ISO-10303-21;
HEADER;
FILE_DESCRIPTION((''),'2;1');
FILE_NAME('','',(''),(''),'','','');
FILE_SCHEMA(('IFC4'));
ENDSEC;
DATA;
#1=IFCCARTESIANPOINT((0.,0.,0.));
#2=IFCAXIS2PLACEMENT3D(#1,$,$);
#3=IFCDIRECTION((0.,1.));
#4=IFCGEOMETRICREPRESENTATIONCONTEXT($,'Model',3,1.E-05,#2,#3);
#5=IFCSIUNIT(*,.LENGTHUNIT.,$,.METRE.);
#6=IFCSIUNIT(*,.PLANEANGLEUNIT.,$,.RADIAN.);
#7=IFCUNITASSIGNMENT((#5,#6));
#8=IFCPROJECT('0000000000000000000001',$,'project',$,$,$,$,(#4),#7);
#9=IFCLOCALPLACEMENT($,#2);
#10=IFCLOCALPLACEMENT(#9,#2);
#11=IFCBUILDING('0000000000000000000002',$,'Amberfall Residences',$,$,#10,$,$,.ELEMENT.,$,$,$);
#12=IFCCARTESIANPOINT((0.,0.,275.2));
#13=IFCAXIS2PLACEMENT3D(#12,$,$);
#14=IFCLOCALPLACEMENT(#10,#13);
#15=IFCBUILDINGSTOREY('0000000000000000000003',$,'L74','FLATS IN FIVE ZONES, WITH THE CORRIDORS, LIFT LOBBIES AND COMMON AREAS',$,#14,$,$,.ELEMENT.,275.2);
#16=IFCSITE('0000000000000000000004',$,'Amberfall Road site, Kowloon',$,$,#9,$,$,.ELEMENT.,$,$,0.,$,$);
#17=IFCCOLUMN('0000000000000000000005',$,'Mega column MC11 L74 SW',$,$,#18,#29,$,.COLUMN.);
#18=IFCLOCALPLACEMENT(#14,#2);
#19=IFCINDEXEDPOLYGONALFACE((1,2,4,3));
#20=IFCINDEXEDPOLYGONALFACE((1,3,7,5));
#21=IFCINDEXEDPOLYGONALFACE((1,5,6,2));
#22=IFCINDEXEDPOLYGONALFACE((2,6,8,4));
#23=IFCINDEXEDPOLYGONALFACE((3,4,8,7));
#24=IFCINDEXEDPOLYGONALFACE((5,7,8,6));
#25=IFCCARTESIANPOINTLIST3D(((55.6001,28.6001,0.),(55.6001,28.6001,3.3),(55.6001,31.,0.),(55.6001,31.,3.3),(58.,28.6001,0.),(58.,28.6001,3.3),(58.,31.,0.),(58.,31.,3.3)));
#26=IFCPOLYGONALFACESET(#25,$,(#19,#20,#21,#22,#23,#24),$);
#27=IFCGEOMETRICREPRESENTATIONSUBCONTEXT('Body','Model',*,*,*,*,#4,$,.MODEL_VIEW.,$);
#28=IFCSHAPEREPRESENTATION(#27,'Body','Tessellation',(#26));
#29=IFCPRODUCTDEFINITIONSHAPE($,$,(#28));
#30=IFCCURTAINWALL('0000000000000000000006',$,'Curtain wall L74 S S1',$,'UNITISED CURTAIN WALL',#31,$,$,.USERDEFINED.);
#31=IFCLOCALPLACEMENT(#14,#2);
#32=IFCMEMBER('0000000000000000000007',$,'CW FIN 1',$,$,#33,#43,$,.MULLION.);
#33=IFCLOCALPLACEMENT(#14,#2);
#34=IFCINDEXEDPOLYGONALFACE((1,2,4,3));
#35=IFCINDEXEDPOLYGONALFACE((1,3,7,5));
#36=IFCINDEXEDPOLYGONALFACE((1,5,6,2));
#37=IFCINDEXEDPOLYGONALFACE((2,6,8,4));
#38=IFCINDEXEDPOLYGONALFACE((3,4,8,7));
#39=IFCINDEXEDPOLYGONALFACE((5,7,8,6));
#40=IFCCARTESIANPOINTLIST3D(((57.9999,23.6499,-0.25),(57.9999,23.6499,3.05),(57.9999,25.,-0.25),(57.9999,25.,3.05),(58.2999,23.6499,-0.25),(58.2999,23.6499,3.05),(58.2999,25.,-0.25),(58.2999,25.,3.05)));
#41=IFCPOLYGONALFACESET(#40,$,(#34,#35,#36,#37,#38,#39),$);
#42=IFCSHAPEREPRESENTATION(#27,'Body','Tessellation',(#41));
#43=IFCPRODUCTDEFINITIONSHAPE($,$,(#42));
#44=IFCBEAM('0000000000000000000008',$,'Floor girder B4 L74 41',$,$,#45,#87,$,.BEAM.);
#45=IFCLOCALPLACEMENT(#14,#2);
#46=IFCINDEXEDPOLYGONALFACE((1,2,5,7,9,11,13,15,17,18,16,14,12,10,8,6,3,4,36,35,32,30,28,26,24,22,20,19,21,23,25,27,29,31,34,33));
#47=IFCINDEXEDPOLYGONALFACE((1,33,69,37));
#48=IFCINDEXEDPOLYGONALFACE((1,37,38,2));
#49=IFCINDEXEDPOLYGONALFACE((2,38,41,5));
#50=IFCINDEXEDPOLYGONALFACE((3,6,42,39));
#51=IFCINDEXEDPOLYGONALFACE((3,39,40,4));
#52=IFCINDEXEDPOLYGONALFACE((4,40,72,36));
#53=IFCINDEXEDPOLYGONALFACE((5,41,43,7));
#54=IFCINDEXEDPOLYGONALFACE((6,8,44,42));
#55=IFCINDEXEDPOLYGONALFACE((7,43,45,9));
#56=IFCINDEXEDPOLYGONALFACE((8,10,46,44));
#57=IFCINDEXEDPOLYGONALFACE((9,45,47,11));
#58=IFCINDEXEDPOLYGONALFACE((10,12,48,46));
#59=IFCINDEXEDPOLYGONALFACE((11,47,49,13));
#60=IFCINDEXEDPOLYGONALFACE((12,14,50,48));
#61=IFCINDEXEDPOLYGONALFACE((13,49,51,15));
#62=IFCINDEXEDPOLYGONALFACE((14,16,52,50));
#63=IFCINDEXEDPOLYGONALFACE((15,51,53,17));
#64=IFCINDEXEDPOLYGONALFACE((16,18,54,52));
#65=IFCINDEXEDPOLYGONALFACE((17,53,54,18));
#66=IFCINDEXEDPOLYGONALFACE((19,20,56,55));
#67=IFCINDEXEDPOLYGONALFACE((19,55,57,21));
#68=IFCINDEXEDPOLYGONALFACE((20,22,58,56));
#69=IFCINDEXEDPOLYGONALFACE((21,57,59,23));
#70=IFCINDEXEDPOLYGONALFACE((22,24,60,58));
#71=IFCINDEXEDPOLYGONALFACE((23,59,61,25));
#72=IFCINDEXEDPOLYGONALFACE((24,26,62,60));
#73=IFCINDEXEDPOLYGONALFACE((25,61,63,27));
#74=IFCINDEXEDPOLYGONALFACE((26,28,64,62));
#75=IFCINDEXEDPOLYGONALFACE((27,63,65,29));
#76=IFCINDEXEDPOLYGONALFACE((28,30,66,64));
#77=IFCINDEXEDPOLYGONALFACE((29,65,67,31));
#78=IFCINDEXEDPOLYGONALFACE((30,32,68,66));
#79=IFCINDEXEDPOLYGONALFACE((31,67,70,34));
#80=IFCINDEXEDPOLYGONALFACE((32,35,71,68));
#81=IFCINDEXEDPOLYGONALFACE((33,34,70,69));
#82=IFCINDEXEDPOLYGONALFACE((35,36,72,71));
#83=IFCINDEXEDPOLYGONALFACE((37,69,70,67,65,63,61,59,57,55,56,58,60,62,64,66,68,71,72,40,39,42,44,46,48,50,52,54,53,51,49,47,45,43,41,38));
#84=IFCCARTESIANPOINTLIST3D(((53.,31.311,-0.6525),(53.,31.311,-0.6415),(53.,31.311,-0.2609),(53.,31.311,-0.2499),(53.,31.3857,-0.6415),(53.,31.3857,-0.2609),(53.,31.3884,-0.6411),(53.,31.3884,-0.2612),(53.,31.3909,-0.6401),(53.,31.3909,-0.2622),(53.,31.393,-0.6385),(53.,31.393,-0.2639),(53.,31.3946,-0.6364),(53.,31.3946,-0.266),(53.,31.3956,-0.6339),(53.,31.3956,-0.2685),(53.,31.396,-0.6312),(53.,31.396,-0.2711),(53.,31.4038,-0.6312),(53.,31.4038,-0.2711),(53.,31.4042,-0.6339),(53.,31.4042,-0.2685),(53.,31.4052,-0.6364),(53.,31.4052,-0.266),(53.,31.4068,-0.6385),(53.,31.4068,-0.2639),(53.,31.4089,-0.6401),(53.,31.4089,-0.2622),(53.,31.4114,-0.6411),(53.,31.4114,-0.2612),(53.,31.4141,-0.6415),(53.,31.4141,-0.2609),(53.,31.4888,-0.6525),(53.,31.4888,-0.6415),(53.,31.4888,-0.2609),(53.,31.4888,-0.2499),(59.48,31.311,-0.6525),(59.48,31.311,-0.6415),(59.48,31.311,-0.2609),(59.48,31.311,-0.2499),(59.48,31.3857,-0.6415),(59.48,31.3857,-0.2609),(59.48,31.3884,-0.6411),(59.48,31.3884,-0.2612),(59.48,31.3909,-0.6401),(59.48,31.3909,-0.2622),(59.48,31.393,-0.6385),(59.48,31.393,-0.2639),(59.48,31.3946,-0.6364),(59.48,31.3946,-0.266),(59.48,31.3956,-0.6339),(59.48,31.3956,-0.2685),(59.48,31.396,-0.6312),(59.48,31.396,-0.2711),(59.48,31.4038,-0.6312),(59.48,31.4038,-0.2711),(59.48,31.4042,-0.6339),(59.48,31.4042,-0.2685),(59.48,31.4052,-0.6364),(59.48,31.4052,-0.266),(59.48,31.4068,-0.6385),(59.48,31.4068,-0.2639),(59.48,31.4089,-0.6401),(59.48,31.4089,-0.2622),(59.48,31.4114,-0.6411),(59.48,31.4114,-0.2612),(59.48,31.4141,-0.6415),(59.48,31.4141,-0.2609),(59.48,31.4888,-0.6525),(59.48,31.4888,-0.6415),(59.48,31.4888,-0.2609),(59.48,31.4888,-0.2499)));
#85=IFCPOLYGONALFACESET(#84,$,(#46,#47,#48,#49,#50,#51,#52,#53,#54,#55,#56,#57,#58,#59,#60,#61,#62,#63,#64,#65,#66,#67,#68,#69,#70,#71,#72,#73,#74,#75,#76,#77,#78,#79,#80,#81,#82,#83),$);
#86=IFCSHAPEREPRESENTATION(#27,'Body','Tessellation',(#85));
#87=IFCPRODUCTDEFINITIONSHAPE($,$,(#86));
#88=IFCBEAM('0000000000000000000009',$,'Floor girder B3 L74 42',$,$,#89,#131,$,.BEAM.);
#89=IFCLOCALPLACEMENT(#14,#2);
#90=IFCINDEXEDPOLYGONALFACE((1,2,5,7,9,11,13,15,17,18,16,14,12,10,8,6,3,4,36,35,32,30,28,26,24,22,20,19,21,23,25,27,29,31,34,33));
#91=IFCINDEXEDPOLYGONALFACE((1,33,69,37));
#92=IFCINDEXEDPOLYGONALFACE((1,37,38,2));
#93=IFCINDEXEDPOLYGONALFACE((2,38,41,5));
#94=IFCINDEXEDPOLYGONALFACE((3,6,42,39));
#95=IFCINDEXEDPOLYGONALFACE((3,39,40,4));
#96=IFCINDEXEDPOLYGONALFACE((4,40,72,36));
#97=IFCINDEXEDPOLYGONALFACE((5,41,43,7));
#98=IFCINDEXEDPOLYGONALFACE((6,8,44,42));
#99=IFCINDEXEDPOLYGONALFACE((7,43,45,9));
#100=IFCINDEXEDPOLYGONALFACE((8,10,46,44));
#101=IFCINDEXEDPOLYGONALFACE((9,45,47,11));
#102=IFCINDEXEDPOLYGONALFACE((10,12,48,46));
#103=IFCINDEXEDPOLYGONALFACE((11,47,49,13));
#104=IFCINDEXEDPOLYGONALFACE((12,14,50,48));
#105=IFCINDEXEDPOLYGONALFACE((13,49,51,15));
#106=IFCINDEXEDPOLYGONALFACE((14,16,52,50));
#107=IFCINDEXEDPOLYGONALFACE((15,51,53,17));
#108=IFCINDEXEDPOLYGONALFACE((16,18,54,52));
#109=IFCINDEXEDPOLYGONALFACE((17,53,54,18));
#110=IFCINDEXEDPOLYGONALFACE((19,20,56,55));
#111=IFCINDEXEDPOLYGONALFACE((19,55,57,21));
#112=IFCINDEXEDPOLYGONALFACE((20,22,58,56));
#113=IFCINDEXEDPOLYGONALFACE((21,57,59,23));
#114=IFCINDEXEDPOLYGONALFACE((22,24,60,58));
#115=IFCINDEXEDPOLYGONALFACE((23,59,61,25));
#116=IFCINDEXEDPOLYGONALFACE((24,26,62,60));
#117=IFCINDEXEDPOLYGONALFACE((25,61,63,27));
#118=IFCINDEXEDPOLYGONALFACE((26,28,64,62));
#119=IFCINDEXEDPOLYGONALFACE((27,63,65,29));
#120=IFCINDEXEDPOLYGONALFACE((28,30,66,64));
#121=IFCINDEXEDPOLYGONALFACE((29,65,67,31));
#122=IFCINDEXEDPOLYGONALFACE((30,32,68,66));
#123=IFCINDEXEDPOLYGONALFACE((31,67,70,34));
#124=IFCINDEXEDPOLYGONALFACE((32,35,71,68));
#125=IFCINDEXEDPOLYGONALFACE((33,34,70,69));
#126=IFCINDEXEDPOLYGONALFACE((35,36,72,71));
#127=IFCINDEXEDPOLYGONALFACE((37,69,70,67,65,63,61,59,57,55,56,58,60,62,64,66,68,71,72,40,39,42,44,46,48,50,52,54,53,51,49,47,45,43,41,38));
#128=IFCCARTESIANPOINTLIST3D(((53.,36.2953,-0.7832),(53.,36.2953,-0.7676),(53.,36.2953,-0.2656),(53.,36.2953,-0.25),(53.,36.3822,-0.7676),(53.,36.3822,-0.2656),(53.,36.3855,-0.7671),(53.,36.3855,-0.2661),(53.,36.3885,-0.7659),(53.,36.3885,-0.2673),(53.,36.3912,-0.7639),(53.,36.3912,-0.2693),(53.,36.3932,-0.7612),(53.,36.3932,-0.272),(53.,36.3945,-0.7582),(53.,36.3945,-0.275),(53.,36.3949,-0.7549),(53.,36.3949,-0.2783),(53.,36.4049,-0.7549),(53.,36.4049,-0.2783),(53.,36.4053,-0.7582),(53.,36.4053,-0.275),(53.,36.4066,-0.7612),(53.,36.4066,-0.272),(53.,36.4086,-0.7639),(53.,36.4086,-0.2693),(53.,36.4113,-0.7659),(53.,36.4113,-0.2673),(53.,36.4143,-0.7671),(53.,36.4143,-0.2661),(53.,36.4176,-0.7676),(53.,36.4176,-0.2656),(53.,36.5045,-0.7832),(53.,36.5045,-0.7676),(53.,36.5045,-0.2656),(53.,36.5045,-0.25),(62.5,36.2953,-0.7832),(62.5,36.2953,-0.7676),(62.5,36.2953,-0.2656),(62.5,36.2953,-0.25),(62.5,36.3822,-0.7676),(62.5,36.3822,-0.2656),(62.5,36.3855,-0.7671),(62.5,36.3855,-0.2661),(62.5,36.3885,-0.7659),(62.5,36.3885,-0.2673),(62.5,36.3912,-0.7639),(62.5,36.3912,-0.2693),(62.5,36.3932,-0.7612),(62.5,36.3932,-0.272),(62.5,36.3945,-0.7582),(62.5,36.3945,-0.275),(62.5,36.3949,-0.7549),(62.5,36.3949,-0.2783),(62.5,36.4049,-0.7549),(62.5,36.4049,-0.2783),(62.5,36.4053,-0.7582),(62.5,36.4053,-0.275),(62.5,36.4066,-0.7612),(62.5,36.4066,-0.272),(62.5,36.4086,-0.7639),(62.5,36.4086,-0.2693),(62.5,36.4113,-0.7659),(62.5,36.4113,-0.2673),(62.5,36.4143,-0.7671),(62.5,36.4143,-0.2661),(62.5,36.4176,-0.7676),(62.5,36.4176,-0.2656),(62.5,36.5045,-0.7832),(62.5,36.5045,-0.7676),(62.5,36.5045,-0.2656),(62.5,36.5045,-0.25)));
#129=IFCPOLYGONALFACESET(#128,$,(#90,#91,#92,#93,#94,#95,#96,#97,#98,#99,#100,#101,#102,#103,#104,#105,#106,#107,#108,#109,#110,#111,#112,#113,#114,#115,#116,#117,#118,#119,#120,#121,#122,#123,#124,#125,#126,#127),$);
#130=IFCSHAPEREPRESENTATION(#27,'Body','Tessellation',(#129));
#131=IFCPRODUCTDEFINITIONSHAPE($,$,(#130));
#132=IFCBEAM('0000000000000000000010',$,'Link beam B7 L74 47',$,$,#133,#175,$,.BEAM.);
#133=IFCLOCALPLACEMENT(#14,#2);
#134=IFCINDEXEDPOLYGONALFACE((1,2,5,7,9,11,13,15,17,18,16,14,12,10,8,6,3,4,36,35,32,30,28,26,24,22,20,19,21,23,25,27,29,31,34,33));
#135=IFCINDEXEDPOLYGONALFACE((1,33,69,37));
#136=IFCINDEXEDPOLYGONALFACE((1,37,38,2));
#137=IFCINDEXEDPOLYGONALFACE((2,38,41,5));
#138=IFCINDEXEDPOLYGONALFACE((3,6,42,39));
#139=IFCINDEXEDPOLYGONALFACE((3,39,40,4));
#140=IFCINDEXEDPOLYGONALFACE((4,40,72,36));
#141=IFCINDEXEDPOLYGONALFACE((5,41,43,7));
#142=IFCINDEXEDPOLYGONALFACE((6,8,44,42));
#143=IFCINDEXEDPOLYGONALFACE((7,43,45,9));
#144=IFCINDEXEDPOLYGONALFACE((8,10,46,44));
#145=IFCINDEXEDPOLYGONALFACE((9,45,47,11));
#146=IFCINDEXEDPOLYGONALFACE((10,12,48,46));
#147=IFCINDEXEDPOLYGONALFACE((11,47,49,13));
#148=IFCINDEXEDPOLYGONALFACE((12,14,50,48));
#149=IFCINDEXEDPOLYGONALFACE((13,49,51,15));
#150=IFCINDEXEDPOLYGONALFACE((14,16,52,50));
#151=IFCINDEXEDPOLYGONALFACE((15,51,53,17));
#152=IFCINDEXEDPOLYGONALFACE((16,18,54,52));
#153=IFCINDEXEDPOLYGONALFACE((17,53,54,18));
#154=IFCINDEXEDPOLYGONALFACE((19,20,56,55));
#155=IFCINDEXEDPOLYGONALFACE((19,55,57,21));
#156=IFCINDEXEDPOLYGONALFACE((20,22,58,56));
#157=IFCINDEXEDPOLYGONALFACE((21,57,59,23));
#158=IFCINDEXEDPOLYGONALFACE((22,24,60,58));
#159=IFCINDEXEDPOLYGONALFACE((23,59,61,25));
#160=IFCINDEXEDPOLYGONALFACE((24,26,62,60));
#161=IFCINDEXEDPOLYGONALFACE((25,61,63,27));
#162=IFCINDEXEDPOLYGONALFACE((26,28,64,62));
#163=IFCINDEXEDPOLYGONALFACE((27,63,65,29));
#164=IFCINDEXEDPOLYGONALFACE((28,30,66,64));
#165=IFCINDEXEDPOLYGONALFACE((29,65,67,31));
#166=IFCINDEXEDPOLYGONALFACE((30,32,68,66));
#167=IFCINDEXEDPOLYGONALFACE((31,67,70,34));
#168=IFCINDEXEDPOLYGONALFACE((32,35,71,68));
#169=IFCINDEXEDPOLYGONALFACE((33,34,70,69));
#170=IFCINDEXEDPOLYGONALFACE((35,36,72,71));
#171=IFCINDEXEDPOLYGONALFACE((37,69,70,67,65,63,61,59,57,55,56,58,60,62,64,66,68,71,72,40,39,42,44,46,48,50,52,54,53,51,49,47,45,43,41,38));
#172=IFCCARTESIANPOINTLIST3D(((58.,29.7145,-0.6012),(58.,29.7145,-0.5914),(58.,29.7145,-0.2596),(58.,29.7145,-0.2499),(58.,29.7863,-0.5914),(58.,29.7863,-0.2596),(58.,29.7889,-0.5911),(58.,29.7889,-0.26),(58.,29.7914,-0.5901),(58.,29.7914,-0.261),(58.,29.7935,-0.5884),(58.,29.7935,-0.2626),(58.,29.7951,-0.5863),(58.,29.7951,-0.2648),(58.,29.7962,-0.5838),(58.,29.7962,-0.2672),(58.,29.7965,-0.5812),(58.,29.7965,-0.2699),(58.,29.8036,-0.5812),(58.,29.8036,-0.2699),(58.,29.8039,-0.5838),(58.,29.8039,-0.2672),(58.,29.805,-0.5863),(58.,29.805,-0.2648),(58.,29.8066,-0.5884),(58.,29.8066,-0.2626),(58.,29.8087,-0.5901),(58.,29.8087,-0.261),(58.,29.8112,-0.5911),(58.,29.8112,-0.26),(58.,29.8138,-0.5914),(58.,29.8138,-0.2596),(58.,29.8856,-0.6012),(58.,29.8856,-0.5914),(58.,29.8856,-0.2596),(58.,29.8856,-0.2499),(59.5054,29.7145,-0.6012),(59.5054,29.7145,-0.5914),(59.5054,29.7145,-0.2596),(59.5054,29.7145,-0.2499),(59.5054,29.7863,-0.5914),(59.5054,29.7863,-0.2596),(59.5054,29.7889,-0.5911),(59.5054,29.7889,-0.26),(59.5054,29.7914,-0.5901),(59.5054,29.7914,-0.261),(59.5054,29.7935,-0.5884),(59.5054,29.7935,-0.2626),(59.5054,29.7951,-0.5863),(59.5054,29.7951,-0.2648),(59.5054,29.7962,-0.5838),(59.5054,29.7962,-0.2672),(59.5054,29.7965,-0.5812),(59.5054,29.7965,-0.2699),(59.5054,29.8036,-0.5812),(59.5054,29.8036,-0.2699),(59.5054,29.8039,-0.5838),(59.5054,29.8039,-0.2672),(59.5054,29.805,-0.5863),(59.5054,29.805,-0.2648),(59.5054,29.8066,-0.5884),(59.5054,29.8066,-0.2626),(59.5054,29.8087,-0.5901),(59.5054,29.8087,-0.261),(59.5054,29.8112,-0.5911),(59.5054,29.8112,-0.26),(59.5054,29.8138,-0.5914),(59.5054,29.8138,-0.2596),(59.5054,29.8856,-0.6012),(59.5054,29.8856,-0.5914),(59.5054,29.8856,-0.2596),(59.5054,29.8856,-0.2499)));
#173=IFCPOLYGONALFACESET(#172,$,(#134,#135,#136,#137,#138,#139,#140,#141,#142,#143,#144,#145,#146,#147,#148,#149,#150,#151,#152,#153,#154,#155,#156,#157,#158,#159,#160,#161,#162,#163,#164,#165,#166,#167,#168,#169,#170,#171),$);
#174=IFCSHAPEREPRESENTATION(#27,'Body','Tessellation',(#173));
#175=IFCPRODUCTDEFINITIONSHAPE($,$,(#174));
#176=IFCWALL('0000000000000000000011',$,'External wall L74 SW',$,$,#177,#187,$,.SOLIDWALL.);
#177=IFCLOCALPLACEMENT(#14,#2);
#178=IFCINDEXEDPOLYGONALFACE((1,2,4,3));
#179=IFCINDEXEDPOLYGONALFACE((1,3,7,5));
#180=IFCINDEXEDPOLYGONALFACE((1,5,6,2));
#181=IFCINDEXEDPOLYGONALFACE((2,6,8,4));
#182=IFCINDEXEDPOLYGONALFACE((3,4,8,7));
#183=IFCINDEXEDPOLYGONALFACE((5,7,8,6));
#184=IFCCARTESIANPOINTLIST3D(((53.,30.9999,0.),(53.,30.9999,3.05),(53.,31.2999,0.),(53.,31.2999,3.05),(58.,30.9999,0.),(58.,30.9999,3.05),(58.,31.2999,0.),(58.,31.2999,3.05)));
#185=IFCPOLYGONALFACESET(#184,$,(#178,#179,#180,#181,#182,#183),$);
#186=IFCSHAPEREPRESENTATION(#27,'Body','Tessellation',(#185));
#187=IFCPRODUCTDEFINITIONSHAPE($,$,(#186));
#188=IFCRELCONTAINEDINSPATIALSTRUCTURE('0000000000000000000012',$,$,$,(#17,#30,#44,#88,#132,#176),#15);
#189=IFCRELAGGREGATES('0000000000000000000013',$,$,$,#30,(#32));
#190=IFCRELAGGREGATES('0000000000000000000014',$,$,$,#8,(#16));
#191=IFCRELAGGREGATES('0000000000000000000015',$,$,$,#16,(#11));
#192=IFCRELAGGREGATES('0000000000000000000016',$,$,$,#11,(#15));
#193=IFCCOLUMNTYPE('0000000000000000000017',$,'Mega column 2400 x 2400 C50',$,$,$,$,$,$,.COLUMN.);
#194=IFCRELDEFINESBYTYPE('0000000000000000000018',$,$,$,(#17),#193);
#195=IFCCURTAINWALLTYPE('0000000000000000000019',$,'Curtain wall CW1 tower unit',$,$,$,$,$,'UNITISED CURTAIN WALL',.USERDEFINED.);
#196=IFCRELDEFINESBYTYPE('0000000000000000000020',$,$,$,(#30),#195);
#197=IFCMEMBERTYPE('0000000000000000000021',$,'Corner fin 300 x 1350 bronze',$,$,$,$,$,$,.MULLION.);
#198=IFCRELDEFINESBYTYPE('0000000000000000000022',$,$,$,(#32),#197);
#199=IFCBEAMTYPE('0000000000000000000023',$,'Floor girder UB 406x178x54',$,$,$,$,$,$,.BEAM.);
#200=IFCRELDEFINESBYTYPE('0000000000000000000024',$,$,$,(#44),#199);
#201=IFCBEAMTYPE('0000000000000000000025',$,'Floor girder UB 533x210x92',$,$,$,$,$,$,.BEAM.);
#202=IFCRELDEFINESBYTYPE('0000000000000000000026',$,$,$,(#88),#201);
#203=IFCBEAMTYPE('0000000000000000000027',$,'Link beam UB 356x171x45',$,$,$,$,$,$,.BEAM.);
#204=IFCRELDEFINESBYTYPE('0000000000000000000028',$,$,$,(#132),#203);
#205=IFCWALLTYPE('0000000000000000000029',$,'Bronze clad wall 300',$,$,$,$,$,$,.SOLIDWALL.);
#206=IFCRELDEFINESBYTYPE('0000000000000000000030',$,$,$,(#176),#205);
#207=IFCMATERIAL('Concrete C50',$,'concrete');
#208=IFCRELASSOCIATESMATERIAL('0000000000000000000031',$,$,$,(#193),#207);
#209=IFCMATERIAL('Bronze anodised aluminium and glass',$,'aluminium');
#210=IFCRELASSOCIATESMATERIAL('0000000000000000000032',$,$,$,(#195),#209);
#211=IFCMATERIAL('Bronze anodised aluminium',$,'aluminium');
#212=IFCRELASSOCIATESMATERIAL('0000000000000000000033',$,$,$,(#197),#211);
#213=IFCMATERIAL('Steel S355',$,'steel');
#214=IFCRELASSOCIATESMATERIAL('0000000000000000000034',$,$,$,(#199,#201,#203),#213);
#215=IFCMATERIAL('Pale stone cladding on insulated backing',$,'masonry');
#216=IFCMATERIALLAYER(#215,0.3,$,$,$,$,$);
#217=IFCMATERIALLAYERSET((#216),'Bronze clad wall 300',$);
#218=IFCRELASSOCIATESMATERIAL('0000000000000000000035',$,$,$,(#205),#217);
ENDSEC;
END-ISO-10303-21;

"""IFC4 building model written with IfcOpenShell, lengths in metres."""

from ifc_helpers import new_model, si_unit, direction, frame, frame_2d, origin, origin_2d, place, context, subcontext, project, spatial, rectangle, i_section, extrude, material, layer, layer_set, material_profile, profile_set, type_object, element, aggregate, save


model = new_model("IFC4")

# Units and contexts
model_context = context("Model", 3, precision=1e-05, world=origin(), true_north=direction((0.0, 1.0)))
body_context = subcontext(model_context, "Body", "Model", "MODEL_VIEW")
ifc_project = project(units=[si_unit("LENGTHUNIT", "METRE"), si_unit("PLANEANGLEUNIT", "RADIAN")], contexts=[model_context])

# Site, building, storey
site_placement = place(None, origin())
site = spatial("IfcSite", under=ifc_project, at=site_placement, Name="Amberfall Road site, Kowloon", CompositionType="ELEMENT", RefElevation=0.0)
building_placement = place(site_placement, origin())
building = spatial("IfcBuilding", under=site, at=building_placement, Name="Amberfall Residences", CompositionType="ELEMENT")
storey_placement = place(building_placement, frame((0.0, 0.0, 275.2)))
storey = spatial("IfcBuildingStorey", under=building, at=storey_placement, Name="L74", Description="FLATS IN FIVE ZONES, WITH THE CORRIDORS, LIFT LOBBIES AND COMMON AREAS", CompositionType="ELEMENT", Elevation=275.2)

# Column
ifc_material_1 = material(Name="Concrete C50", Category="concrete")
ifc_material_profile_1 = material_profile(ifc_material_1, rectangle(XDim=2.3999, YDim=2.3999, at=origin_2d()), Name="Mega column 2400 x 2400 C50")
ifc_profile_set_1 = profile_set([ifc_material_profile_1], Name="Concrete C50")
column_type = type_object("IfcColumnType", Name="Mega column 2400 x 2400 C50", PredefinedType="COLUMN", material=ifc_profile_set_1)
column_placement = place(storey_placement, frame((56.8, 29.8, 0.0), z_axis=(0.0, 0.0, 1.0), x_axis=(1.0, 0.0, 0.0)))
element("IfcColumn", 1, at=column_placement, inside=storey, type_object=column_type, Name="Mega column MC11 L74 SW", PredefinedType="COLUMN", context=body_context, shape_type="SweptSolid", body=[
    extrude(rectangle(XDim=2.3999, YDim=2.3999, at=origin_2d()), origin(), (0.0, 0.0, 1.0), 3.3),
])

# Curtain wall, member
ifc_material_2 = material(Name="Bronze anodised aluminium and glass", Category="aluminium")
curtain_wall_type = type_object("IfcCurtainWallType", Name="Curtain wall CW1 tower unit", ElementType="UNITISED CURTAIN WALL", PredefinedType="USERDEFINED", material=ifc_material_2)
curtain_wall_placement = place(storey_placement, origin())
curtain_wall = element("IfcCurtainWall", 2, at=curtain_wall_placement, inside=storey, type_object=curtain_wall_type, Name="Curtain wall L74 S S1", ObjectType="UNITISED CURTAIN WALL", PredefinedType="USERDEFINED")
ifc_material_3 = material(Name="Bronze anodised aluminium", Category="aluminium")
ifc_material_profile_2 = material_profile(ifc_material_3, rectangle(XDim=1.3501, YDim=0.3, at=origin_2d()), Name="Corner fin 300 x 1350 bronze")
ifc_profile_set_2 = profile_set([ifc_material_profile_2], Name="Bronze anodised aluminium")
member_type = type_object("IfcMemberType", Name="Corner fin 300 x 1350 bronze", PredefinedType="MULLION", material=ifc_profile_set_2)
member_placement = place(storey_placement, frame((58.1499, 24.325, -0.25), z_axis=(0.0, 0.0, 1.0), x_axis=(0.0, 1.0, 0.0)))
member = element("IfcMember", 3, at=member_placement, type_object=member_type, Name="CW FIN 1", PredefinedType="MULLION", context=body_context, shape_type="SweptSolid", body=[
    extrude(rectangle(XDim=1.3501, YDim=0.3, at=origin_2d()), origin(), (0.0, 0.0, 1.0), 3.3),
])
aggregate(curtain_wall, [member])

# Beams
ifc_material_4 = material(Name="Steel S355", Category="steel")
ifc_material_profile_3 = material_profile(ifc_material_4, i_section(OverallWidth=0.1777, OverallDepth=0.4026, WebThickness=0.0078, FlangeThickness=0.011, FilletRadius=0.0103, at=origin_2d()), Name="UB 406x178x54")
ifc_profile_set_3 = profile_set([ifc_material_profile_3], Name="Steel S355")
beam_type_1 = type_object("IfcBeamType", Name="Floor girder UB 406x178x54", PredefinedType="BEAM", material=ifc_profile_set_3)
beam_1_placement = place(storey_placement, frame((53.0, 31.3999, -0.4512), z_axis=(1.0, 0.0, 0.0), x_axis=(0.0, 1.0, 0.0)))
element("IfcBeam", 4, at=beam_1_placement, inside=storey, type_object=beam_type_1, Name="Floor girder B4 L74 41", PredefinedType="BEAM", context=body_context, shape_type="SweptSolid", body=[
    extrude(i_section(OverallWidth=0.1777, OverallDepth=0.4026, WebThickness=0.0078, FlangeThickness=0.011, FilletRadius=0.0103, at=origin_2d()), origin(), (0.0, 0.0, 1.0), 6.48),
])
ifc_material_profile_4 = material_profile(ifc_material_4, i_section(OverallWidth=0.2092, OverallDepth=0.5332, WebThickness=0.01, FlangeThickness=0.0156, FilletRadius=0.0127, at=origin_2d()), Name="UB 533x210x92")
ifc_profile_set_4 = profile_set([ifc_material_profile_4], Name="Steel S355")
beam_type_2 = type_object("IfcBeamType", Name="Floor girder UB 533x210x92", PredefinedType="BEAM", material=ifc_profile_set_4)
beam_2_placement = place(storey_placement, frame((53.0, 36.3999, -0.5166), z_axis=(1.0, 0.0, 0.0), x_axis=(0.0, 1.0, 0.0)))
element("IfcBeam", 5, at=beam_2_placement, inside=storey, type_object=beam_type_2, Name="Floor girder B3 L74 42", PredefinedType="BEAM", context=body_context, shape_type="SweptSolid", body=[
    extrude(i_section(OverallWidth=0.2092, OverallDepth=0.5332, WebThickness=0.01, FlangeThickness=0.0156, FilletRadius=0.0127, at=origin_2d()), origin(), (0.0, 0.0, 1.0), 9.5),
])
ifc_material_profile_5 = material_profile(ifc_material_4, i_section(OverallWidth=0.1711, OverallDepth=0.3513, WebThickness=0.0071, FlangeThickness=0.0098, FilletRadius=0.0103, at=origin_2d()), Name="UB 356x171x45")
ifc_profile_set_5 = profile_set([ifc_material_profile_5], Name="Steel S355")
beam_type_3 = type_object("IfcBeamType", Name="Link beam UB 356x171x45", PredefinedType="BEAM", material=ifc_profile_set_5)
beam_3_placement = place(storey_placement, frame((58.0, 29.8, -0.4255), z_axis=(1.0, 0.0, 0.0), x_axis=(0.0, 1.0, 0.0)))
element("IfcBeam", 6, at=beam_3_placement, inside=storey, type_object=beam_type_3, Name="Link beam B7 L74 47", PredefinedType="BEAM", context=body_context, shape_type="SweptSolid", body=[
    extrude(i_section(OverallWidth=0.1711, OverallDepth=0.3513, WebThickness=0.0071, FlangeThickness=0.0098, FilletRadius=0.0103, at=origin_2d()), origin(), (0.0, 0.0, 1.0), 1.5054),
])

# Wall
ifc_material_5 = material(Name="Pale stone cladding on insulated backing", Category="masonry")
ifc_layer_1 = layer(ifc_material_5, 0.3)
ifc_layer_set_1 = layer_set([ifc_layer_1], Name="Bronze clad wall 300")
wall_type_1 = type_object("IfcWallType", Name="Bronze clad wall 300", PredefinedType="SOLIDWALL", material=ifc_layer_set_1)
wall_1_placement = place(storey_placement, frame((53.0, 31.1499, 0.0), z_axis=(0.0, 0.0, 1.0), x_axis=(1.0, 0.0, 0.0)))
element("IfcWall", 7, at=wall_1_placement, inside=storey, type_object=wall_type_1, Name="External wall L74 SW", PredefinedType="SOLIDWALL", context=body_context, shape_type="SweptSolid", body=[
    extrude(rectangle(XDim=5.0, YDim=0.3, at=frame_2d((2.5, 0.0))), origin(), (0.0, 0.0, 1.0), 3.05),
])

save(model, "model.ifc")
